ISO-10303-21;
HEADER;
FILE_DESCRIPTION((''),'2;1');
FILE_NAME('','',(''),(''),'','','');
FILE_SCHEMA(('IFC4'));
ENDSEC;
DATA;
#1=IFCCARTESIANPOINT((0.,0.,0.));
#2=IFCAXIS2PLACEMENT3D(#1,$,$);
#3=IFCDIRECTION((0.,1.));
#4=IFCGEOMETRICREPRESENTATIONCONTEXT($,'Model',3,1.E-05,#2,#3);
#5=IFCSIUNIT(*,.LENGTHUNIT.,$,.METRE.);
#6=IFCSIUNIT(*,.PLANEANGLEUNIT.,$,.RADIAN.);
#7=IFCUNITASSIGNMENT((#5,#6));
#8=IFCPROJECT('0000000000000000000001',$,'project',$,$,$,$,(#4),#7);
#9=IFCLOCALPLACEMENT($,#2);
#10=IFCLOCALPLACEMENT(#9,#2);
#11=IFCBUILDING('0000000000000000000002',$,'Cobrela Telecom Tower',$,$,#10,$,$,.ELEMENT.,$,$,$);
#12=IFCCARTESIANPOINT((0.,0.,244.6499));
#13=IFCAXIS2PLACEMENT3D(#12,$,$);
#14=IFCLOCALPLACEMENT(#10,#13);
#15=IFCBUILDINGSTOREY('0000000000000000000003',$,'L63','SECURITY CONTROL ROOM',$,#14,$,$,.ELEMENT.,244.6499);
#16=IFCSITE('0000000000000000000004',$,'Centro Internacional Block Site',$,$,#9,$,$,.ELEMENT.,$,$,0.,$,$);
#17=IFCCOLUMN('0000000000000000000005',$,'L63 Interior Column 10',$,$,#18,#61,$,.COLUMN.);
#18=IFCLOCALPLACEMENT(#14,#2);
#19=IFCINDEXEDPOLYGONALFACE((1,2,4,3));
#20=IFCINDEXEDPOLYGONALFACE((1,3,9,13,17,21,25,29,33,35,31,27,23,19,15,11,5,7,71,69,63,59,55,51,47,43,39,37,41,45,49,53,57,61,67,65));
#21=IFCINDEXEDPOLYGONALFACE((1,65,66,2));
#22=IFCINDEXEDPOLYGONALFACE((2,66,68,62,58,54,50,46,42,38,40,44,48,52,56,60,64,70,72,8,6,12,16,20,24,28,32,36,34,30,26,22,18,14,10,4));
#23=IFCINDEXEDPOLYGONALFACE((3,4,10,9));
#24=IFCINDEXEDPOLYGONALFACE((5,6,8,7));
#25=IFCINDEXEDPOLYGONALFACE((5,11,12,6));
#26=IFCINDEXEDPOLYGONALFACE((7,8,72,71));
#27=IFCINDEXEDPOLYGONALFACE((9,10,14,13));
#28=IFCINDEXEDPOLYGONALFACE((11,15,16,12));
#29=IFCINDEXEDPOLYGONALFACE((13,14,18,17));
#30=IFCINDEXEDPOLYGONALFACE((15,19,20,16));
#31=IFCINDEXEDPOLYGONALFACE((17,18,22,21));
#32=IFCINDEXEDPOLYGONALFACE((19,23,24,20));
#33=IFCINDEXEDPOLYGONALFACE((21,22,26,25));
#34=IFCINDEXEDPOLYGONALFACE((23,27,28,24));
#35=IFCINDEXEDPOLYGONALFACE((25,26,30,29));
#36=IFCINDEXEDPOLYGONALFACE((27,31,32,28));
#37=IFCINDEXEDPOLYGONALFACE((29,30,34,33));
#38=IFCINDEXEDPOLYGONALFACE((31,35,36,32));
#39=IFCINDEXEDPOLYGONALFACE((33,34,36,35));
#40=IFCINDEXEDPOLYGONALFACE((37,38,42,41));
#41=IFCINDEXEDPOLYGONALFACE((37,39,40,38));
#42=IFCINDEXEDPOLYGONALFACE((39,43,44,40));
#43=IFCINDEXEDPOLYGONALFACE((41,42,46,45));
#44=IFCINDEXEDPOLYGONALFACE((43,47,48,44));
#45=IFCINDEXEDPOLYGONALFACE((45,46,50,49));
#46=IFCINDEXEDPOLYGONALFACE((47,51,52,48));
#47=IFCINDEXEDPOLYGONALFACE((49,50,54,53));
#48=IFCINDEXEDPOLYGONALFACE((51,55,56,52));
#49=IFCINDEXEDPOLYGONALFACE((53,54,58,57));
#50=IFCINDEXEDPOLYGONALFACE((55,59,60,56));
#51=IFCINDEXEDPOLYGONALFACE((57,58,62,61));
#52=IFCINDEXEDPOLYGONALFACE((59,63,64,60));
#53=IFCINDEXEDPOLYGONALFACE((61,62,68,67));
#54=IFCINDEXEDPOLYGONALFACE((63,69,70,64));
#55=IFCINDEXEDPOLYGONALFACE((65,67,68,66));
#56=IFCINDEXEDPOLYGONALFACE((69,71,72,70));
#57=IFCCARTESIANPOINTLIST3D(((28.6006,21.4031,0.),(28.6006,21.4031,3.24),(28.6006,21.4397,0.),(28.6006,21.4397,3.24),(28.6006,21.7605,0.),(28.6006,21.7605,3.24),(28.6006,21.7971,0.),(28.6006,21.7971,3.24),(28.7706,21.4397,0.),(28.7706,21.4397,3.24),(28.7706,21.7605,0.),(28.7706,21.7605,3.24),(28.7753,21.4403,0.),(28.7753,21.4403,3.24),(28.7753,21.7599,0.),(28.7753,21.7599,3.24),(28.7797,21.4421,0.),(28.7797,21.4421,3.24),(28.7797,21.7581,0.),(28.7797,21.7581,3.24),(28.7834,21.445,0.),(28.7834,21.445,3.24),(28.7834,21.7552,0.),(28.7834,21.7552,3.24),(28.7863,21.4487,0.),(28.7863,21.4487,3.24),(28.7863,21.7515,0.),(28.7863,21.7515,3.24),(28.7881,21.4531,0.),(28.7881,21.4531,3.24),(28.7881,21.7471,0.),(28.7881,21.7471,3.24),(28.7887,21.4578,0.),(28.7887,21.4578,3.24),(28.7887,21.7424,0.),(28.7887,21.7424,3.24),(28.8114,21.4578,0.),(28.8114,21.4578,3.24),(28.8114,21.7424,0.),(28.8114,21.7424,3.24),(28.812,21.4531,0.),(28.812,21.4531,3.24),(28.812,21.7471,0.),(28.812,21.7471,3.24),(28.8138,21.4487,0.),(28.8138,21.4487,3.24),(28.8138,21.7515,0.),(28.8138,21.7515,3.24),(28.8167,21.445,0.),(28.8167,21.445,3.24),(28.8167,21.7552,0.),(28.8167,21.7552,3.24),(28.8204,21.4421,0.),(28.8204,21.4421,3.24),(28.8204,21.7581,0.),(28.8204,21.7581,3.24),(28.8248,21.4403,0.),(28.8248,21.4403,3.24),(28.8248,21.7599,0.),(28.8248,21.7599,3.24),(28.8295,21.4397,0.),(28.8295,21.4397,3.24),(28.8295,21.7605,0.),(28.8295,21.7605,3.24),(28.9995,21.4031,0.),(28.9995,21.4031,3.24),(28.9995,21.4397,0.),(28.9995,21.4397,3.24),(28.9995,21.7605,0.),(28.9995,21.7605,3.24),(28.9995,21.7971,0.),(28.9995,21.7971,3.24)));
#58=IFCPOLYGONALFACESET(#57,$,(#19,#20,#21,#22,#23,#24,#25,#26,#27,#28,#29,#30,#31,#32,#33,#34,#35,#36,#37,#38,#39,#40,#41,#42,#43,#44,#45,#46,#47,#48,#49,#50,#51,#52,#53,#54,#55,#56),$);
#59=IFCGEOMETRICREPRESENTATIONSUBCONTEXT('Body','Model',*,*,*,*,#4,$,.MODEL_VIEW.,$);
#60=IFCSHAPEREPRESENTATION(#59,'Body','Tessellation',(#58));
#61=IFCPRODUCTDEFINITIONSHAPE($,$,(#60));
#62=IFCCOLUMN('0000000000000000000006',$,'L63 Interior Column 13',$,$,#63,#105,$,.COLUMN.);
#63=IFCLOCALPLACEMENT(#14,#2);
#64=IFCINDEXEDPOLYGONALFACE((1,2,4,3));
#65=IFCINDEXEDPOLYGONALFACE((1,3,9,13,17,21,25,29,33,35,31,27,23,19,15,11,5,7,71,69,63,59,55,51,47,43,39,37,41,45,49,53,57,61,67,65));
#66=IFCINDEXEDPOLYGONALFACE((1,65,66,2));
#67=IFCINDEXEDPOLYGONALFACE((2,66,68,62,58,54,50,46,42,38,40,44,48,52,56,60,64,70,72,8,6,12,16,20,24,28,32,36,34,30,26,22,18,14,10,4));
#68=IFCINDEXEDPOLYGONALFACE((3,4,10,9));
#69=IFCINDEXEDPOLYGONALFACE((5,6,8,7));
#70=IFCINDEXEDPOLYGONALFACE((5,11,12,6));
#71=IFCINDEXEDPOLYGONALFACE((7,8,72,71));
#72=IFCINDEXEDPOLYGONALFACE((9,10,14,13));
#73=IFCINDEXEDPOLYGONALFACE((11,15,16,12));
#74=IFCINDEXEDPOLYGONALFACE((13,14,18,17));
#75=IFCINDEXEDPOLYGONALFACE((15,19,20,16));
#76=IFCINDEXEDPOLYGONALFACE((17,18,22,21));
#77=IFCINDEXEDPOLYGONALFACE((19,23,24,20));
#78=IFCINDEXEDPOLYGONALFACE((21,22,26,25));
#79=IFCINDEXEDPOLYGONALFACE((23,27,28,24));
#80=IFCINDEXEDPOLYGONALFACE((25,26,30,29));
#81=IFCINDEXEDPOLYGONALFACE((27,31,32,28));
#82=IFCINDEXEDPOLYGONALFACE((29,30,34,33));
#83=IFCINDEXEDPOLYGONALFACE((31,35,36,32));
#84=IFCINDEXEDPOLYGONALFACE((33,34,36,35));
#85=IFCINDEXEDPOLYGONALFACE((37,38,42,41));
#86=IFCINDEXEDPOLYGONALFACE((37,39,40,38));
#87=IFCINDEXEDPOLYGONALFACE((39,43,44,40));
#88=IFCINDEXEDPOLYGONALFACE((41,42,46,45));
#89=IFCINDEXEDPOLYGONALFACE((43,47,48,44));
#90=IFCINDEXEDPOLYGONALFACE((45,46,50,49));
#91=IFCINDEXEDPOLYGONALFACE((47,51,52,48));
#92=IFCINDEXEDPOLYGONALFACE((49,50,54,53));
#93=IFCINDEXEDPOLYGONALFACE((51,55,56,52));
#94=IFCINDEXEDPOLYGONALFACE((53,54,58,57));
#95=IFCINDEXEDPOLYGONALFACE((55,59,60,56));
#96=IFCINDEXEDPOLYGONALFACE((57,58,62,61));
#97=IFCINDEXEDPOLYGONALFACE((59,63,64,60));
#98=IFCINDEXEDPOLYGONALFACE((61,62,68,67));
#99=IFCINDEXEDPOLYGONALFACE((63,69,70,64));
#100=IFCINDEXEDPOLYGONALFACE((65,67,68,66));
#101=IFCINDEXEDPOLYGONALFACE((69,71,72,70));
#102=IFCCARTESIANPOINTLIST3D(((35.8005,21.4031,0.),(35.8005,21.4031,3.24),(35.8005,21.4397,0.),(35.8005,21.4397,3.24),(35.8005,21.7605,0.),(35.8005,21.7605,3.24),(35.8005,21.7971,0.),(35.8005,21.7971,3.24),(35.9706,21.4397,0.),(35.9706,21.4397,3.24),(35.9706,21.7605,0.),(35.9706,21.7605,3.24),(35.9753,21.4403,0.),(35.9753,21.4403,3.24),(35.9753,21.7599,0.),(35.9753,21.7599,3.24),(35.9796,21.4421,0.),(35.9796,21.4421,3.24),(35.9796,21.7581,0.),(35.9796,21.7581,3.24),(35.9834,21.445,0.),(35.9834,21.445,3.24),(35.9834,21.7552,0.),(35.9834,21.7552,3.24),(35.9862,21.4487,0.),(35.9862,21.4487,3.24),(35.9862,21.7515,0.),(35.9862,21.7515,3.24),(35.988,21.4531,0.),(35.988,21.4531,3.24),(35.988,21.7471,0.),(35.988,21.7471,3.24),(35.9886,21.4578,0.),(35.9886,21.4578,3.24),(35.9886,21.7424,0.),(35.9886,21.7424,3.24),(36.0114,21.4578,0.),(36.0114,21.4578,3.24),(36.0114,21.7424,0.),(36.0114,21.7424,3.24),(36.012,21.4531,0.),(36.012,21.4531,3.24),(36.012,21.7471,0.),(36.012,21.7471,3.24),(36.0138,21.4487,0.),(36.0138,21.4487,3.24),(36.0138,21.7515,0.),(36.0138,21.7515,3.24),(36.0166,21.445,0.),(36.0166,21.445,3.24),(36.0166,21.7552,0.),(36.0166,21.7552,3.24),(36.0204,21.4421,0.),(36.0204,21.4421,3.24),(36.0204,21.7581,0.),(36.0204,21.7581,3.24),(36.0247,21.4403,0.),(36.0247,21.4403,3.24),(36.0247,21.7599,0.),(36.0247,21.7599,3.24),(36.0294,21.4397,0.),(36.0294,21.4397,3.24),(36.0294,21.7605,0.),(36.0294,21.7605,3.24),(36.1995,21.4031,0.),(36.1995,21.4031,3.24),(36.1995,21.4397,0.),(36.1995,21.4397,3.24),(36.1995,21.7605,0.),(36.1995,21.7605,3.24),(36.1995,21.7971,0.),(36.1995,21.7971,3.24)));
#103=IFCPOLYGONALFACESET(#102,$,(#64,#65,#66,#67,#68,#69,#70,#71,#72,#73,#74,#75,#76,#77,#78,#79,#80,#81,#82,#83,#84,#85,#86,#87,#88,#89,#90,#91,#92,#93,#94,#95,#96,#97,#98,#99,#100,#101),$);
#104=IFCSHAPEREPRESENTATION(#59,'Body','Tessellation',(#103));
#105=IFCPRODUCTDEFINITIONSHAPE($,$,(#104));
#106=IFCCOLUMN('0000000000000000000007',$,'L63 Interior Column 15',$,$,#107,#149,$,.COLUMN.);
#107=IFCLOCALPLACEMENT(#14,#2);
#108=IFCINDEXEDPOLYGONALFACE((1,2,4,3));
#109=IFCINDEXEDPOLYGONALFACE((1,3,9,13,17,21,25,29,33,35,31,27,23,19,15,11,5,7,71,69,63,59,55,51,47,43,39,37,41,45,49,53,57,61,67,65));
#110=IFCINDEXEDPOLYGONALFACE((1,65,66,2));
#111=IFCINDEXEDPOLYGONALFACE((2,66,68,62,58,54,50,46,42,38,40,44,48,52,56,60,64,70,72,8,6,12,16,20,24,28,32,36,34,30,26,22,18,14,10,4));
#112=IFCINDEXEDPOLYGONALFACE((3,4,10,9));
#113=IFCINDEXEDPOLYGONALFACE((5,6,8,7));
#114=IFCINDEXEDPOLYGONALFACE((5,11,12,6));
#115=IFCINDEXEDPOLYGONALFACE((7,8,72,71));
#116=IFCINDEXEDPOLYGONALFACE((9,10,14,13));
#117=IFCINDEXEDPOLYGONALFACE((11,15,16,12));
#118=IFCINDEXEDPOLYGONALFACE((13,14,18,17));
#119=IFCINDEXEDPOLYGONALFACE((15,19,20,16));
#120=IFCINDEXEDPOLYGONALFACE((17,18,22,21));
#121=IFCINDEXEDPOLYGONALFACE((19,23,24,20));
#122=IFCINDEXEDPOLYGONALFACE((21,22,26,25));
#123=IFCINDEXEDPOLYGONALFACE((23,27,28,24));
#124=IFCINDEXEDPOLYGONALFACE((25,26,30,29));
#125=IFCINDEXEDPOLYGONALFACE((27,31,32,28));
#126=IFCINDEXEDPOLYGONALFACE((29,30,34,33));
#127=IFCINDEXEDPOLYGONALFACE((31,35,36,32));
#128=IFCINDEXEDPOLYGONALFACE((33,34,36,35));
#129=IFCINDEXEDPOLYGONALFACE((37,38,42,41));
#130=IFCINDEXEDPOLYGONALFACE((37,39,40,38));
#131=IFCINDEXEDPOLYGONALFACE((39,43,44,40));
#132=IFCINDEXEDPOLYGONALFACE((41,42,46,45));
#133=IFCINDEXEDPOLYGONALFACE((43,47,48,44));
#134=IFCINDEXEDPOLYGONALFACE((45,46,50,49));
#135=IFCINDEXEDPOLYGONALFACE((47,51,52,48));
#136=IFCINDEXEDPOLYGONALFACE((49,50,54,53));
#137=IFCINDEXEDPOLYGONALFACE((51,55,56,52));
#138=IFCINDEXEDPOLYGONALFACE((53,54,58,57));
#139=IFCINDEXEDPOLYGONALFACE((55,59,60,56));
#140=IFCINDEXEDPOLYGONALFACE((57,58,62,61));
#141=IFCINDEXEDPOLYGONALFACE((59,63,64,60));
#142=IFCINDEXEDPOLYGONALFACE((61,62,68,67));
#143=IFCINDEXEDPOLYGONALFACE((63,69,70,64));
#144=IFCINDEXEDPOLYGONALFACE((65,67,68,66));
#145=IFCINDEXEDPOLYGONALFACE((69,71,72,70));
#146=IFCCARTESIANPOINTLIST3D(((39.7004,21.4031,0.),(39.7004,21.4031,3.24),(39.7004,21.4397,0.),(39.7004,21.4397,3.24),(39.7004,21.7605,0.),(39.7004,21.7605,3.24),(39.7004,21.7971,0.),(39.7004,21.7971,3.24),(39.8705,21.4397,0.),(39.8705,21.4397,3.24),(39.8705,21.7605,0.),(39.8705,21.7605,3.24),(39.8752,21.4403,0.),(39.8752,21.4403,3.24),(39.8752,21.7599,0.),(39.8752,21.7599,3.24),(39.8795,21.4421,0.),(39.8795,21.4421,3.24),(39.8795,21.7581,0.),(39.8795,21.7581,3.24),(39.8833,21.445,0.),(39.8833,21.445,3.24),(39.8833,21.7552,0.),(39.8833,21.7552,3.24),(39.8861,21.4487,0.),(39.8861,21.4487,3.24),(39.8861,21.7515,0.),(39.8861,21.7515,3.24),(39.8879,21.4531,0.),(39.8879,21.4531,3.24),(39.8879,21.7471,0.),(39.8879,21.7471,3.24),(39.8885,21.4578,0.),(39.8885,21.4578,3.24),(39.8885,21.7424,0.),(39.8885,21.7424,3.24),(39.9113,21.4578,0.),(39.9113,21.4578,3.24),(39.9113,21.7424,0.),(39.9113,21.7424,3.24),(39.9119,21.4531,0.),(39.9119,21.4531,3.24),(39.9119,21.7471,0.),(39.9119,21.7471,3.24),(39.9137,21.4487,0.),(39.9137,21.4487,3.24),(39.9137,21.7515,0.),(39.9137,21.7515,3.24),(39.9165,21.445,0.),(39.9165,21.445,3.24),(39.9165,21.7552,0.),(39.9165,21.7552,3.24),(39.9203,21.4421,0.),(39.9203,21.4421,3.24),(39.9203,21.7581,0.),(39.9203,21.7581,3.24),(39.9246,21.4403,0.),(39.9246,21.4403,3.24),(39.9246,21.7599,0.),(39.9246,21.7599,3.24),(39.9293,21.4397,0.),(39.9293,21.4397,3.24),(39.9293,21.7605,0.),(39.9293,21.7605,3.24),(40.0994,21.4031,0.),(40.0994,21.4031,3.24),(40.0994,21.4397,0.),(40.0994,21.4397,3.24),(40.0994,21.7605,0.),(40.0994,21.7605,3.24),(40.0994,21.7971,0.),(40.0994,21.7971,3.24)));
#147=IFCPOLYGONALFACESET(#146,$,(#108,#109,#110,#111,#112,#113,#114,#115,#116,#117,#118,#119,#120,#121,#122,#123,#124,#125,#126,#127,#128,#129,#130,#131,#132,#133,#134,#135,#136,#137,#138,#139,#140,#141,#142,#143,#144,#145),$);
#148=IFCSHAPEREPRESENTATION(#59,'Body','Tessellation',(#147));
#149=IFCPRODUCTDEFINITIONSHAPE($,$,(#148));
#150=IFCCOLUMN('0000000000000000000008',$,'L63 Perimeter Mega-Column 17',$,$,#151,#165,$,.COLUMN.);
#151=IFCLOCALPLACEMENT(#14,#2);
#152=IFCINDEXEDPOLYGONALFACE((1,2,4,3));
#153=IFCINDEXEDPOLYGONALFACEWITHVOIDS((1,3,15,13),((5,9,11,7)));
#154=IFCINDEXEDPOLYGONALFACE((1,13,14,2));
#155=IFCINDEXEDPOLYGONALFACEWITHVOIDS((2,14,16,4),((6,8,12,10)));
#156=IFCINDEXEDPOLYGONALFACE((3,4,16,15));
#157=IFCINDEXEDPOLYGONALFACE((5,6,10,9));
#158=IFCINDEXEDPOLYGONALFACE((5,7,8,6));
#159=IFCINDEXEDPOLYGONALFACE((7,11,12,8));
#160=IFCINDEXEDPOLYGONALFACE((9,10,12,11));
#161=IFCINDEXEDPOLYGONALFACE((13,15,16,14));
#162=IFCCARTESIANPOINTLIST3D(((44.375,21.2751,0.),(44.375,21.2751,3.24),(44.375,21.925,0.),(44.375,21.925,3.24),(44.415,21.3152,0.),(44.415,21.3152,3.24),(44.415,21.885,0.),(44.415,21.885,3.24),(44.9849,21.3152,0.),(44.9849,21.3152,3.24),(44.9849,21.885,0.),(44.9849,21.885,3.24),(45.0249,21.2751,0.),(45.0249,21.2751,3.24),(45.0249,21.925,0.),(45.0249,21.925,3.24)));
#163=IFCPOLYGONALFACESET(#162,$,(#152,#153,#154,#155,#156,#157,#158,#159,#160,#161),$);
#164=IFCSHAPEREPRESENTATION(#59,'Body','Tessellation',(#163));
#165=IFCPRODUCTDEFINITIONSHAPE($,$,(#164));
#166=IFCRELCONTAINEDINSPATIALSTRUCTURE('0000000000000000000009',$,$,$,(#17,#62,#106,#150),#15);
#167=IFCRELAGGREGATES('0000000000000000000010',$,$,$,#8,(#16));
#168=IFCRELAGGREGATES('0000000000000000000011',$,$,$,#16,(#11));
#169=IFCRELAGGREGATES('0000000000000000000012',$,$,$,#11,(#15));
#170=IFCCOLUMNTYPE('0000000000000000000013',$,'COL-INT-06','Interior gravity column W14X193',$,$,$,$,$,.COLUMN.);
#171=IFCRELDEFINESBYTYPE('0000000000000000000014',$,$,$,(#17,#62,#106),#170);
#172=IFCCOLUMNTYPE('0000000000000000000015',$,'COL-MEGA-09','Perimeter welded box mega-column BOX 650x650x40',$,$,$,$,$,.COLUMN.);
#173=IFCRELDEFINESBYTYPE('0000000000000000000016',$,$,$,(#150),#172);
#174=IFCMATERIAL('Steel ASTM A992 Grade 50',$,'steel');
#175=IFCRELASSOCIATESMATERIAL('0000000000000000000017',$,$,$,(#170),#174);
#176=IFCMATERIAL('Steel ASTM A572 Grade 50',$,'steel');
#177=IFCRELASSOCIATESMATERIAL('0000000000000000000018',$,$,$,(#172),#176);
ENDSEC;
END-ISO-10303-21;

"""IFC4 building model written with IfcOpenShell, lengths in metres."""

from ifc_helpers import new_model, si_unit, direction, frame, origin, origin_2d, place, context, subcontext, project, spatial, hollow_rectangle, i_section, extrude, material, material_profile, profile_set, type_object, element, save


model = new_model("IFC4")

# Units and contexts
model_context = context("Model", 3, precision=1e-05, world=origin(), true_north=direction((0.0, 1.0)))
body_context = subcontext(model_context, "Body", "Model", "MODEL_VIEW")
ifc_project = project(units=[si_unit("LENGTHUNIT", "METRE"), si_unit("PLANEANGLEUNIT", "RADIAN")], contexts=[model_context])

# Site, building, storey
site_placement = place(None, origin())
site = spatial("IfcSite", under=ifc_project, at=site_placement, Name="Centro Internacional Block Site", CompositionType="ELEMENT", RefElevation=0.0)
building_placement = place(site_placement, origin())
building = spatial("IfcBuilding", under=site, at=building_placement, Name="Cobrela Telecom Tower", CompositionType="ELEMENT")
storey_placement = place(building_placement, frame((0.0, 0.0, 244.6499)))
storey = spatial("IfcBuildingStorey", under=building, at=storey_placement, Name="L63", Description="SECURITY CONTROL ROOM", CompositionType="ELEMENT", Elevation=244.6499)

# Columns
ifc_material_1 = material(Name="Steel ASTM A992 Grade 50", Category="steel")
ifc_material_profile_1 = material_profile(ifc_material_1, i_section(OverallWidth=0.3989, OverallDepth=0.394, WebThickness=0.0227, FlangeThickness=0.0366, FilletRadius=0.0181, at=origin_2d()), Name="W14X193")
ifc_profile_set_1 = profile_set([ifc_material_profile_1], Name="Steel ASTM A992 Grade 50")
column_type_1 = type_object("IfcColumnType", Name="COL-INT-06", Description="Interior gravity column W14X193", PredefinedType="COLUMN", material=ifc_profile_set_1)
for number, where, z_axis, x_axis, name in (
    (1, (28.8, 21.6001, 0.0), (0.0, 0.0, 1.0), (1.0, 0.0, 0.0), "L63 Interior Column 10"),
    (2, (36.0, 21.6001, 0.0), (0.0, 0.0, 1.0), (1.0, 0.0, 0.0), "L63 Interior Column 13"),
    (3, (39.8999, 21.6001, 0.0), (0.0, 0.0, 1.0), (1.0, 0.0, 0.0), "L63 Interior Column 15"),
):
    element("IfcColumn", number, at=place(storey_placement, frame(where, z_axis=z_axis, x_axis=x_axis)), inside=storey, type_object=column_type_1, Name=name, PredefinedType="COLUMN", context=body_context, shape_type="SweptSolid", body=[
        extrude(i_section(OverallWidth=0.3989, OverallDepth=0.394, WebThickness=0.0227, FlangeThickness=0.0366, FilletRadius=0.0181, at=origin_2d()), origin(), (0.0, 0.0, 1.0), 3.24),
    ])
ifc_material_2 = material(Name="Steel ASTM A572 Grade 50", Category="steel")
ifc_material_profile_2 = material_profile(ifc_material_2, hollow_rectangle(XDim=0.6499, YDim=0.6499, WallThickness=0.04, at=origin_2d()), Name="BOX 650x650x40")
ifc_profile_set_2 = profile_set([ifc_material_profile_2], Name="Steel ASTM A572 Grade 50")
column_type_2 = type_object("IfcColumnType", Name="COL-MEGA-09", Description="Perimeter welded box mega-column BOX 650x650x40", PredefinedType="COLUMN", material=ifc_profile_set_2)
column_placement = place(storey_placement, frame((44.7, 21.6001, 0.0), z_axis=(0.0, 0.0, 1.0), x_axis=(1.0, 0.0, 0.0)))
element("IfcColumn", 4, at=column_placement, inside=storey, type_object=column_type_2, Name="L63 Perimeter Mega-Column 17", PredefinedType="COLUMN", context=body_context, shape_type="SweptSolid", body=[
    extrude(hollow_rectangle(XDim=0.6499, YDim=0.6499, WallThickness=0.04, at=origin_2d()), origin(), (0.0, 0.0, 1.0), 3.24),
])

save(model, "model.ifc")
